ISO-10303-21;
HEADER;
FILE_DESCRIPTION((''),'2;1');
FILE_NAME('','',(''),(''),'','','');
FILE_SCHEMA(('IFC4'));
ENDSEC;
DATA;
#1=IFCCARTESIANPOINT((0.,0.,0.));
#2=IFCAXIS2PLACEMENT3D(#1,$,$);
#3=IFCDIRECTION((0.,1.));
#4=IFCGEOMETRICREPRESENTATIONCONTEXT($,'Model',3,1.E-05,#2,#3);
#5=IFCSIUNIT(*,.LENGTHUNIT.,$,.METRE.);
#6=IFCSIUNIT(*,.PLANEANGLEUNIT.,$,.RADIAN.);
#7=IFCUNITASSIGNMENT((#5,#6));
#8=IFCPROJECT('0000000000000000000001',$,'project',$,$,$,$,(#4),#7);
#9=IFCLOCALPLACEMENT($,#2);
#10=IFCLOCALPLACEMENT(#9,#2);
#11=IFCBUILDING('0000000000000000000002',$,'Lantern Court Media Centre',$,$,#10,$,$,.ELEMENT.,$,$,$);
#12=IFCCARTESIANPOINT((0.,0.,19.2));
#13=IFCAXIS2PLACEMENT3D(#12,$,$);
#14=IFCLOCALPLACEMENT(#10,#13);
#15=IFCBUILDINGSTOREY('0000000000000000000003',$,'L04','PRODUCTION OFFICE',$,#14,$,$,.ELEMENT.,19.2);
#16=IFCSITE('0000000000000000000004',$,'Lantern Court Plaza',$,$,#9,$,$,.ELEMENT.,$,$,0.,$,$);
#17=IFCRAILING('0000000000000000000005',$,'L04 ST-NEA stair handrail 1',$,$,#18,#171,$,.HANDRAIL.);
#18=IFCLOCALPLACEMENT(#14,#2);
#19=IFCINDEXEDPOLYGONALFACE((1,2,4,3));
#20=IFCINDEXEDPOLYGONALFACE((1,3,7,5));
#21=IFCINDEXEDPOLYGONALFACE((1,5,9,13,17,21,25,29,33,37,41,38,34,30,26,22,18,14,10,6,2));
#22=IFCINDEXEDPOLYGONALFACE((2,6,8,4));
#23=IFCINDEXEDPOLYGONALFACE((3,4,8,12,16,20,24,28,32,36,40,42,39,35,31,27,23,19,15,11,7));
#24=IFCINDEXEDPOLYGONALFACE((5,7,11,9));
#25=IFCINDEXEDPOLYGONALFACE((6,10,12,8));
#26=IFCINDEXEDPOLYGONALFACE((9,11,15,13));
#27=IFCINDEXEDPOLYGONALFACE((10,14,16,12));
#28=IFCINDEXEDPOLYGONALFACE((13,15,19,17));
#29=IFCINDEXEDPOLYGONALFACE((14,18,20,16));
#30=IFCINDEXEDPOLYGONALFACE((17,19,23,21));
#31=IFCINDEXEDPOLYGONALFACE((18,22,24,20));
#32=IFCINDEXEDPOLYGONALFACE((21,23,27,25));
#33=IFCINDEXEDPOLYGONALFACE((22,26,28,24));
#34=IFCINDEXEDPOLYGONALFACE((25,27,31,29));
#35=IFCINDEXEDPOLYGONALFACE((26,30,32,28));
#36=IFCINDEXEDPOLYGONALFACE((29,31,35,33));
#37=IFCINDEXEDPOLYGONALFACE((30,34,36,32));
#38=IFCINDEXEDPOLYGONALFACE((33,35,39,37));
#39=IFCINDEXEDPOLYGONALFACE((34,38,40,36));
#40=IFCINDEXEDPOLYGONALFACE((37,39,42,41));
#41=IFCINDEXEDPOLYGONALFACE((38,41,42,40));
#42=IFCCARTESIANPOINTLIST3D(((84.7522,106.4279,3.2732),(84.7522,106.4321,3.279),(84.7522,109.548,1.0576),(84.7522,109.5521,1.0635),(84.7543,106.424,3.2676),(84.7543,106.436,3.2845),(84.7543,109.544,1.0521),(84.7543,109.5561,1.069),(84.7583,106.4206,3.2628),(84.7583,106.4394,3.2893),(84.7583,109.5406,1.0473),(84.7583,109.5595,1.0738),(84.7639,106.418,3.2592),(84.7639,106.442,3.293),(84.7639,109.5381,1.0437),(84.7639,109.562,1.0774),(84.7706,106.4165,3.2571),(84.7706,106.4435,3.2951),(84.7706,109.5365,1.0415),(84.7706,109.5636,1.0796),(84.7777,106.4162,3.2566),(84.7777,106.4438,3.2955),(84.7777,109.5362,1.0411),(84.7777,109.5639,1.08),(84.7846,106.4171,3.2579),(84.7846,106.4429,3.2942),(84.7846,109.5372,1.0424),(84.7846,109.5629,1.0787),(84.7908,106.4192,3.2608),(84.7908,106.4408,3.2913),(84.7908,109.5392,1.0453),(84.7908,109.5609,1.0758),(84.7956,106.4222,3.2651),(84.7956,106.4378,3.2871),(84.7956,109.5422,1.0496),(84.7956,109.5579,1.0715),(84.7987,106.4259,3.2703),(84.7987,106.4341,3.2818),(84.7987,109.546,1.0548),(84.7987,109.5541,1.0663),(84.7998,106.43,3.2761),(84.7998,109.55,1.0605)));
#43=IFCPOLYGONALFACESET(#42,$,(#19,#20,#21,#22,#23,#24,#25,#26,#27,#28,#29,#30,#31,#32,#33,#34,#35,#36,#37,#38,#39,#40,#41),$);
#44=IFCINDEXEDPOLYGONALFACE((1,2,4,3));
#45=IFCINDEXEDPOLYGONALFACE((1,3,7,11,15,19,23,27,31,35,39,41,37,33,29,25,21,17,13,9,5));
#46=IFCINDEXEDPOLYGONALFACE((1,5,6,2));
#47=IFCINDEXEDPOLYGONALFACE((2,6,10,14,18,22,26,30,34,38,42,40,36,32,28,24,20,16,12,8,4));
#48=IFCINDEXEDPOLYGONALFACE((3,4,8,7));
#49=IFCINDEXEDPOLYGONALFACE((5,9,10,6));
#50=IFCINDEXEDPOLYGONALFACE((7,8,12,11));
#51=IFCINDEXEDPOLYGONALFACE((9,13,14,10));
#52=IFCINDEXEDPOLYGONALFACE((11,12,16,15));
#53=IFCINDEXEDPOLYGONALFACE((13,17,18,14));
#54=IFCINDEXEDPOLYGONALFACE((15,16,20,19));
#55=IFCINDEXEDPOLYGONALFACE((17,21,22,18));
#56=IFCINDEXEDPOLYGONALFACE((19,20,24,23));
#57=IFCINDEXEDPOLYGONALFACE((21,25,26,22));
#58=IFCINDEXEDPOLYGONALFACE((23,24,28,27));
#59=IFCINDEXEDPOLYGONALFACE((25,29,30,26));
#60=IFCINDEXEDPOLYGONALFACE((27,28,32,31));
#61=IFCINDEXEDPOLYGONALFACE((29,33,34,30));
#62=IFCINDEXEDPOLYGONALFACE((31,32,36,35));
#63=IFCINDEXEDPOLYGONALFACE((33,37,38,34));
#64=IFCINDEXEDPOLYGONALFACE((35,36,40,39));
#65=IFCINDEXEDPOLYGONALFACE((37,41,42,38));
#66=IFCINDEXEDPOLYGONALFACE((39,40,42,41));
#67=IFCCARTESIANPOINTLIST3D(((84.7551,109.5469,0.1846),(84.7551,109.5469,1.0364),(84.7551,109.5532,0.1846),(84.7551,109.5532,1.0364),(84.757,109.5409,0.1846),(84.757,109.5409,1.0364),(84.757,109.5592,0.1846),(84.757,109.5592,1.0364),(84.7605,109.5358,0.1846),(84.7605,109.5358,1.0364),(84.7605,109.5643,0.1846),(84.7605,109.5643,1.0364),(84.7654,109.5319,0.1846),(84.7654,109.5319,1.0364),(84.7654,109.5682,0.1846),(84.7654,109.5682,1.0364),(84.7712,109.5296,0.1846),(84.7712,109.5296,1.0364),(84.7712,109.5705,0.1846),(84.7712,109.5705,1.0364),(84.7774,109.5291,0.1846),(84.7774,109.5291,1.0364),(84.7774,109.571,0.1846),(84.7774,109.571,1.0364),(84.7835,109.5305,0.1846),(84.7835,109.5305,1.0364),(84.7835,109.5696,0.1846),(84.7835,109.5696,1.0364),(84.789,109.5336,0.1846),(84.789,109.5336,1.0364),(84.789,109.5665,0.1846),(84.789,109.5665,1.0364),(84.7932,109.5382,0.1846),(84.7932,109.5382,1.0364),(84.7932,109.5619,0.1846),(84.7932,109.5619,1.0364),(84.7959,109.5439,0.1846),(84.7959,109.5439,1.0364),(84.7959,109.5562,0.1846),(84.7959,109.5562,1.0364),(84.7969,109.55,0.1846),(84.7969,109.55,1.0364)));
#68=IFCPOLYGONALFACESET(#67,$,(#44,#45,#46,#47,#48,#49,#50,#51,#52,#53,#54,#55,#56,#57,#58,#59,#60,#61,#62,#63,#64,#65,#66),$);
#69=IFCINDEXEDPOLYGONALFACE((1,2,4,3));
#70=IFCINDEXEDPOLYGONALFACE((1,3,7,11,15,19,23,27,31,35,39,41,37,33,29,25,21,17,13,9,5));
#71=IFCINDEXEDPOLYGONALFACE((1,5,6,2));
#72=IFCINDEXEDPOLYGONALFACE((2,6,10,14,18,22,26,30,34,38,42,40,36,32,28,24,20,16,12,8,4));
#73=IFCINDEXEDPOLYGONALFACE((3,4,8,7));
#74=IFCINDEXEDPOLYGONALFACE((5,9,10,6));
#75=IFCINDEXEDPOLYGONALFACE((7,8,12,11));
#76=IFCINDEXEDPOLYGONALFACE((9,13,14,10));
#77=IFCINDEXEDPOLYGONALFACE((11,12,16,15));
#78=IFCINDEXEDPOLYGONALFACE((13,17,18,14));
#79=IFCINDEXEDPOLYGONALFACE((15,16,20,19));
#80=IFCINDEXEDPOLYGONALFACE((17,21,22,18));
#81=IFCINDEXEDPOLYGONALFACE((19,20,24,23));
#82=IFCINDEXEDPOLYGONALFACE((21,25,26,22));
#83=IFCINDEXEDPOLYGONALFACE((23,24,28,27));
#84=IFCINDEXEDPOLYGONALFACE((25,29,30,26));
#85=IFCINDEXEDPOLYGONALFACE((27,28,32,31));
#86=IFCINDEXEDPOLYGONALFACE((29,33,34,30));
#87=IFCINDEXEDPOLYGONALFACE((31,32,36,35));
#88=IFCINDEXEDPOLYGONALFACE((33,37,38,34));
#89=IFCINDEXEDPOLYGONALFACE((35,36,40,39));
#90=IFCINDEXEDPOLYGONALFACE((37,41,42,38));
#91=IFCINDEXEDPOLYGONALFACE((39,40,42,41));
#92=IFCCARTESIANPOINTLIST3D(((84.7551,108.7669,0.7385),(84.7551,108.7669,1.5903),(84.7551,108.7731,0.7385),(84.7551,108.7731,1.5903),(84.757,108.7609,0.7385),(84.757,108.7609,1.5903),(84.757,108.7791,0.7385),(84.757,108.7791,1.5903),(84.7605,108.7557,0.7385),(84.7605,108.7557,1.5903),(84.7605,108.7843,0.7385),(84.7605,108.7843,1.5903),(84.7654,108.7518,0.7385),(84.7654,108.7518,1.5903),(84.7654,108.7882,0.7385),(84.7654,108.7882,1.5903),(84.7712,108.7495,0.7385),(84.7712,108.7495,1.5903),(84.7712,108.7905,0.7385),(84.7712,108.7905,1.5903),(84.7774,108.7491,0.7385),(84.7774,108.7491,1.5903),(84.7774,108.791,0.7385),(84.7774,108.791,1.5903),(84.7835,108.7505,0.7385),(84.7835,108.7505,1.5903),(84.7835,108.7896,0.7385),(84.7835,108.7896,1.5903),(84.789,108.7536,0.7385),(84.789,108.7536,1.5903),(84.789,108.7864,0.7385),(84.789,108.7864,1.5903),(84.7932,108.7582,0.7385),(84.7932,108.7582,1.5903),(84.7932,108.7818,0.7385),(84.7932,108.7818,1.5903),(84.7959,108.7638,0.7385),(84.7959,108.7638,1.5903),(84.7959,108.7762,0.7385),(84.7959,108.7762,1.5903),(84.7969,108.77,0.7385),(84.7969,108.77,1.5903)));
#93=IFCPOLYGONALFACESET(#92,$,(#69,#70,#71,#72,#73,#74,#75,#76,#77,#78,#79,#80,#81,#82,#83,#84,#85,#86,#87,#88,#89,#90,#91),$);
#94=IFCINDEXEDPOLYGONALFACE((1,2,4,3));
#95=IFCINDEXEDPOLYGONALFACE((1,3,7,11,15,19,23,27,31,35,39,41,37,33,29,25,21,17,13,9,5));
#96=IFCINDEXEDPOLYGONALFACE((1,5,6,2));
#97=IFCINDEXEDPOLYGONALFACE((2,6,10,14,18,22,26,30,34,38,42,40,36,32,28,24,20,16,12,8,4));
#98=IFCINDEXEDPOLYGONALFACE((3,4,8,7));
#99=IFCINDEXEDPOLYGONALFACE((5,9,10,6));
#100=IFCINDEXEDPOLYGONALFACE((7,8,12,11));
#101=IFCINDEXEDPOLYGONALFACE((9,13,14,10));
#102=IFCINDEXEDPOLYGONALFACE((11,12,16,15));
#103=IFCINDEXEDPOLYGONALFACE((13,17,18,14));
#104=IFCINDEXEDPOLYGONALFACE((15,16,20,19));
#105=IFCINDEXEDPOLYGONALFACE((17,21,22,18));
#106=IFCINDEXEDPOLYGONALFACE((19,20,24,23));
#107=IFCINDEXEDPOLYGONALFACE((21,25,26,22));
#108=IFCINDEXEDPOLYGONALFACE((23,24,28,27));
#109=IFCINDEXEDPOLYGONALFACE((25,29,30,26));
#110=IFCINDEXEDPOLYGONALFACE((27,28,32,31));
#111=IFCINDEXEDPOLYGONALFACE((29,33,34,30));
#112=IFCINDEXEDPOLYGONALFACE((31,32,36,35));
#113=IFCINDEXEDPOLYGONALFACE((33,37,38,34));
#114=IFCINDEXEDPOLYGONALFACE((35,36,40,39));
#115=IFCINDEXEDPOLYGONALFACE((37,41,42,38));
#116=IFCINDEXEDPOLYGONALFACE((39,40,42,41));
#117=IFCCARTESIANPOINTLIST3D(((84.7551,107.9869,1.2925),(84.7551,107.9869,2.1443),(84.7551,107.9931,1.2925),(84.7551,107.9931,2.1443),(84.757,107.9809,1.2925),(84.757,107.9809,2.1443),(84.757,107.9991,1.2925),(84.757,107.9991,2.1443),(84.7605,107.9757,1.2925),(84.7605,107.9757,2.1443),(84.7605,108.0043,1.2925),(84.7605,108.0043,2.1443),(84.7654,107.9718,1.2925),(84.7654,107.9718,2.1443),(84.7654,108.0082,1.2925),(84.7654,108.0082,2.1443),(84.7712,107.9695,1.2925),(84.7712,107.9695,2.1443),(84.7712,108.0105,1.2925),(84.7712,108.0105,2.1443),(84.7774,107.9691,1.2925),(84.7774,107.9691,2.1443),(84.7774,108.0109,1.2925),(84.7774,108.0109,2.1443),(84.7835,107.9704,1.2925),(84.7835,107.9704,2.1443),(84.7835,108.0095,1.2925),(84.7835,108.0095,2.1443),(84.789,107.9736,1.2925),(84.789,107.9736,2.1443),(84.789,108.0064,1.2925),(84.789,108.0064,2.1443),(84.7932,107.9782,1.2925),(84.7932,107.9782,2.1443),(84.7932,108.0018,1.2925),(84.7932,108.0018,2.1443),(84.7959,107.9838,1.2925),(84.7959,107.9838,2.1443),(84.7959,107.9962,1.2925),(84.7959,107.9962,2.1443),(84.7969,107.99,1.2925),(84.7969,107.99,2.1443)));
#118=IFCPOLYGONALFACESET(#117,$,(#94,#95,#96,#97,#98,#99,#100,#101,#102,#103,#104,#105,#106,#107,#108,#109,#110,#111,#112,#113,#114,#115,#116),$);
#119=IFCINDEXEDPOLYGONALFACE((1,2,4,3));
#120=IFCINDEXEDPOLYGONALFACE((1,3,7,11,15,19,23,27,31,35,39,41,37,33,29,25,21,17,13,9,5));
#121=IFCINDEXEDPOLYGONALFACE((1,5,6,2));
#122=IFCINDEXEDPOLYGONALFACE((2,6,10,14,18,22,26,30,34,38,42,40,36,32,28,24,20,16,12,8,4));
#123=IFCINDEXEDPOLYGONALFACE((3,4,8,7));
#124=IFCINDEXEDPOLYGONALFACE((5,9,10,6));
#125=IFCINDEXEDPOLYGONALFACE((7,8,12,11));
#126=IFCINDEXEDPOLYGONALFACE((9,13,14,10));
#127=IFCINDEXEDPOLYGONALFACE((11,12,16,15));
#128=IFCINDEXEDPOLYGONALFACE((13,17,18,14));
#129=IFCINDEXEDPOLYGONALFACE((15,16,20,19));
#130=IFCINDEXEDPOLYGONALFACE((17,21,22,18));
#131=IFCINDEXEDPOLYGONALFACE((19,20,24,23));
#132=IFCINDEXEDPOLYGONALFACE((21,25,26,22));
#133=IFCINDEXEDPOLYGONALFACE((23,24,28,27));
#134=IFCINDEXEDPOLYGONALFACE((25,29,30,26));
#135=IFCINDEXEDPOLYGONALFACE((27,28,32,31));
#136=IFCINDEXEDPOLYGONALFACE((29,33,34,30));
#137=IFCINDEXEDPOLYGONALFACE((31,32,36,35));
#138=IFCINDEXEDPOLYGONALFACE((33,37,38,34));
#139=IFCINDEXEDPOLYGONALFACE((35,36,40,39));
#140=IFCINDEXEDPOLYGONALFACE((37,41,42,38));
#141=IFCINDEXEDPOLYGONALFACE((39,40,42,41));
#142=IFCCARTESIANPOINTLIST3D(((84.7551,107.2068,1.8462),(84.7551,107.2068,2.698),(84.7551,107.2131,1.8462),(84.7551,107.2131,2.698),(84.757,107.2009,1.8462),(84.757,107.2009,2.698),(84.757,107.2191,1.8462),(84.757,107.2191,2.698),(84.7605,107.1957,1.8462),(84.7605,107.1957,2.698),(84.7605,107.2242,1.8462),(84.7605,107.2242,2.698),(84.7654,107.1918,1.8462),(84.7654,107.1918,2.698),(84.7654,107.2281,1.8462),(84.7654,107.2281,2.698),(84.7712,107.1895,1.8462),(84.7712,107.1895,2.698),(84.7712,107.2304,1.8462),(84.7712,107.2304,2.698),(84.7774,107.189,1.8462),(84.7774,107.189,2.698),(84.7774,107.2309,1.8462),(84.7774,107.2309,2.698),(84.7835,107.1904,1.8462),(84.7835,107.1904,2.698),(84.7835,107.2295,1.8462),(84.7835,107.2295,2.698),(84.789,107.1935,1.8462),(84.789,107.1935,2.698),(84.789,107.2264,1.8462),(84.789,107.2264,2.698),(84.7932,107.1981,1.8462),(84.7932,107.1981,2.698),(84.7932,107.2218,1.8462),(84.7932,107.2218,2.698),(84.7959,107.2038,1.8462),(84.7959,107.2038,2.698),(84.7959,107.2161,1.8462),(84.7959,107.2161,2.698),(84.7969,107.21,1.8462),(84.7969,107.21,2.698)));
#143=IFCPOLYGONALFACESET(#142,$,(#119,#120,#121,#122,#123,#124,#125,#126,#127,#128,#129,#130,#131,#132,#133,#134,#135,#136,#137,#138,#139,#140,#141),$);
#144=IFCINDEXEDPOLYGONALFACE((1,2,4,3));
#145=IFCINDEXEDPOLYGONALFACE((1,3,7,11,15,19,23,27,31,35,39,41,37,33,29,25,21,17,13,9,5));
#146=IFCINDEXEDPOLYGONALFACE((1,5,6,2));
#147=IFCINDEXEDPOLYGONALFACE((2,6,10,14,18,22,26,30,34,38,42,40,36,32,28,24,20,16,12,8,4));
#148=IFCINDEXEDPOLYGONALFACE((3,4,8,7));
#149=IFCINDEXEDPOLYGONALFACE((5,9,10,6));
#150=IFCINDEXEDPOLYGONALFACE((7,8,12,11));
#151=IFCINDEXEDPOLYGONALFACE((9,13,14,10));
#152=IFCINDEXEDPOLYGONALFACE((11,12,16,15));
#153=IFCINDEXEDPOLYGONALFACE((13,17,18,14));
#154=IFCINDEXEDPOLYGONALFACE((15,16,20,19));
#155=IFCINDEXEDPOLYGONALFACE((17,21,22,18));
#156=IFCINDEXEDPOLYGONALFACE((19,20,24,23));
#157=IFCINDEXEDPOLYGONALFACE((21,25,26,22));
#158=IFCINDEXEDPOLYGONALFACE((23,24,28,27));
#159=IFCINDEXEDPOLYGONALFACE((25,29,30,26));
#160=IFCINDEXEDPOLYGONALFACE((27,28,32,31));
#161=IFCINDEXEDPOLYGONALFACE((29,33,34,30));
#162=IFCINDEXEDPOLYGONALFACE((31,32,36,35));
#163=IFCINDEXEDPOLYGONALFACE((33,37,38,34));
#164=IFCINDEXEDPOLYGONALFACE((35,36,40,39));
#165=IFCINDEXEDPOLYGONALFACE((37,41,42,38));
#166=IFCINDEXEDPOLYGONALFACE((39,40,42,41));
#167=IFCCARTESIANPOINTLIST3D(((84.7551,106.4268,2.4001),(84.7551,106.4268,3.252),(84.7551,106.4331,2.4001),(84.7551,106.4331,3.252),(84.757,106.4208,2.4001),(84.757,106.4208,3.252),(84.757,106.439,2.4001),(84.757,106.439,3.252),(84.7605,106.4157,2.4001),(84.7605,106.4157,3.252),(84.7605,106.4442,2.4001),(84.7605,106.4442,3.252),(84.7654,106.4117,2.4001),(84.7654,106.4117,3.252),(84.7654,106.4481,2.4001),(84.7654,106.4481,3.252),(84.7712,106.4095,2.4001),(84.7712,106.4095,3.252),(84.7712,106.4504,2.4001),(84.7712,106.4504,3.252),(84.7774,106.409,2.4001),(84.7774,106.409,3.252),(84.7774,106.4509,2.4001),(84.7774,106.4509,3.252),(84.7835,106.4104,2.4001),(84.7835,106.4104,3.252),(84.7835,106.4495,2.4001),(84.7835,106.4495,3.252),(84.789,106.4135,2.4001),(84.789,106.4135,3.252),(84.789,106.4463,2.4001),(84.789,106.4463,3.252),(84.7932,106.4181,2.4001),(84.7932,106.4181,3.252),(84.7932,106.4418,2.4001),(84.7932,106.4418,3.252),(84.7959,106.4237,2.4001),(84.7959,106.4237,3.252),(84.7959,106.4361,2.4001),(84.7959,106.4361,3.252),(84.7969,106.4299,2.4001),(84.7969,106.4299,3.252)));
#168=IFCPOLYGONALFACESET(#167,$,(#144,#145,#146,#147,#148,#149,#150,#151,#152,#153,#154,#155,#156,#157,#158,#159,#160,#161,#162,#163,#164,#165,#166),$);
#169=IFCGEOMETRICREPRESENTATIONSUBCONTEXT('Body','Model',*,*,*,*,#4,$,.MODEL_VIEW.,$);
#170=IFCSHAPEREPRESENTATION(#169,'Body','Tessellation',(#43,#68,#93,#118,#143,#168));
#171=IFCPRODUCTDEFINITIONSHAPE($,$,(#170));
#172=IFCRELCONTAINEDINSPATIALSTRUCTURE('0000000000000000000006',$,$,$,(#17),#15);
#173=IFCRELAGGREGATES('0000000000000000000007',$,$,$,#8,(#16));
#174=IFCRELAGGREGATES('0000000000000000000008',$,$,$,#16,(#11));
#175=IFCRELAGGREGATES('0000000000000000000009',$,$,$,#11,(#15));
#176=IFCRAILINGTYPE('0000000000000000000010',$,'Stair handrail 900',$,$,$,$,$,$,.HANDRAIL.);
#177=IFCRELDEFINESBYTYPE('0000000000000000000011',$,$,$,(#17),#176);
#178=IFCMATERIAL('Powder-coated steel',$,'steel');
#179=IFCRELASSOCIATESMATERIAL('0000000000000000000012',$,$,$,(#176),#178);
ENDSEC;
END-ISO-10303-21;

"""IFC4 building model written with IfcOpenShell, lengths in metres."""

from ifc_helpers import new_model, si_unit, direction, frame, origin, origin_2d, place, context, subcontext, project, spatial, circle, extrude, material, type_object, element, save


model = new_model("IFC4")

# Units and contexts
model_context = context("Model", 3, precision=1e-05, world=origin(), true_north=direction((0.0, 1.0)))
body_context = subcontext(model_context, "Body", "Model", "MODEL_VIEW")
ifc_project = project(units=[si_unit("LENGTHUNIT", "METRE"), si_unit("PLANEANGLEUNIT", "RADIAN")], contexts=[model_context])

# Site, building, storey
site_placement = place(None, origin())
site = spatial("IfcSite", under=ifc_project, at=site_placement, Name="Lantern Court Plaza", CompositionType="ELEMENT", RefElevation=0.0)
building_placement = place(site_placement, origin())
building = spatial("IfcBuilding", under=site, at=building_placement, Name="Lantern Court Media Centre", CompositionType="ELEMENT")
storey_placement = place(building_placement, frame((0.0, 0.0, 19.2)))
storey = spatial("IfcBuildingStorey", under=building, at=storey_placement, Name="L04", Description="PRODUCTION OFFICE", CompositionType="ELEMENT", Elevation=19.2)

# Shared definitions
ifc_material_1 = material(Name="Powder-coated steel", Category="steel")

# Railing
railing_type_1 = type_object("IfcRailingType", Name="Stair handrail 900", PredefinedType="HANDRAIL", material=ifc_material_1)
railing_1_placement = place(storey_placement, frame((84.7759, 109.55, 0.1846)))
element("IfcRailing", 1, at=railing_1_placement, inside=storey, type_object=railing_type_1, Name="L04 ST-NEA stair handrail 1", PredefinedType="HANDRAIL", context=body_context, shape_type="SweptSolid", body=[
    extrude(circle(Radius=0.0239, at=origin_2d()), frame((0.0, 0.0, 0.876), z_axis=(0.0, -0.815347, 0.578973), x_axis=(1.0, 0.0, 0.0)), (0.0, 0.0, 1.0), 3.8267),
    extrude(circle(Radius=0.021, at=origin_2d()), origin(), (0.0, 0.0, 1.0), 0.8518),
    extrude(circle(Radius=0.021, at=origin_2d()), frame((0.0, -0.78, 0.554)), (0.0, 0.0, 1.0), 0.8518),
    extrude(circle(Radius=0.021, at=origin_2d()), frame((0.0, -1.5601, 1.1079)), (0.0, 0.0, 1.0), 0.8518),
    extrude(circle(Radius=0.021, at=origin_2d()), frame((0.0, -2.3401, 1.6616)), (0.0, 0.0, 1.0), 0.8518),
    extrude(circle(Radius=0.021, at=origin_2d()), frame((0.0, -3.1201, 2.2156)), (0.0, 0.0, 1.0), 0.8518),
])

save(model, "model.ifc")
